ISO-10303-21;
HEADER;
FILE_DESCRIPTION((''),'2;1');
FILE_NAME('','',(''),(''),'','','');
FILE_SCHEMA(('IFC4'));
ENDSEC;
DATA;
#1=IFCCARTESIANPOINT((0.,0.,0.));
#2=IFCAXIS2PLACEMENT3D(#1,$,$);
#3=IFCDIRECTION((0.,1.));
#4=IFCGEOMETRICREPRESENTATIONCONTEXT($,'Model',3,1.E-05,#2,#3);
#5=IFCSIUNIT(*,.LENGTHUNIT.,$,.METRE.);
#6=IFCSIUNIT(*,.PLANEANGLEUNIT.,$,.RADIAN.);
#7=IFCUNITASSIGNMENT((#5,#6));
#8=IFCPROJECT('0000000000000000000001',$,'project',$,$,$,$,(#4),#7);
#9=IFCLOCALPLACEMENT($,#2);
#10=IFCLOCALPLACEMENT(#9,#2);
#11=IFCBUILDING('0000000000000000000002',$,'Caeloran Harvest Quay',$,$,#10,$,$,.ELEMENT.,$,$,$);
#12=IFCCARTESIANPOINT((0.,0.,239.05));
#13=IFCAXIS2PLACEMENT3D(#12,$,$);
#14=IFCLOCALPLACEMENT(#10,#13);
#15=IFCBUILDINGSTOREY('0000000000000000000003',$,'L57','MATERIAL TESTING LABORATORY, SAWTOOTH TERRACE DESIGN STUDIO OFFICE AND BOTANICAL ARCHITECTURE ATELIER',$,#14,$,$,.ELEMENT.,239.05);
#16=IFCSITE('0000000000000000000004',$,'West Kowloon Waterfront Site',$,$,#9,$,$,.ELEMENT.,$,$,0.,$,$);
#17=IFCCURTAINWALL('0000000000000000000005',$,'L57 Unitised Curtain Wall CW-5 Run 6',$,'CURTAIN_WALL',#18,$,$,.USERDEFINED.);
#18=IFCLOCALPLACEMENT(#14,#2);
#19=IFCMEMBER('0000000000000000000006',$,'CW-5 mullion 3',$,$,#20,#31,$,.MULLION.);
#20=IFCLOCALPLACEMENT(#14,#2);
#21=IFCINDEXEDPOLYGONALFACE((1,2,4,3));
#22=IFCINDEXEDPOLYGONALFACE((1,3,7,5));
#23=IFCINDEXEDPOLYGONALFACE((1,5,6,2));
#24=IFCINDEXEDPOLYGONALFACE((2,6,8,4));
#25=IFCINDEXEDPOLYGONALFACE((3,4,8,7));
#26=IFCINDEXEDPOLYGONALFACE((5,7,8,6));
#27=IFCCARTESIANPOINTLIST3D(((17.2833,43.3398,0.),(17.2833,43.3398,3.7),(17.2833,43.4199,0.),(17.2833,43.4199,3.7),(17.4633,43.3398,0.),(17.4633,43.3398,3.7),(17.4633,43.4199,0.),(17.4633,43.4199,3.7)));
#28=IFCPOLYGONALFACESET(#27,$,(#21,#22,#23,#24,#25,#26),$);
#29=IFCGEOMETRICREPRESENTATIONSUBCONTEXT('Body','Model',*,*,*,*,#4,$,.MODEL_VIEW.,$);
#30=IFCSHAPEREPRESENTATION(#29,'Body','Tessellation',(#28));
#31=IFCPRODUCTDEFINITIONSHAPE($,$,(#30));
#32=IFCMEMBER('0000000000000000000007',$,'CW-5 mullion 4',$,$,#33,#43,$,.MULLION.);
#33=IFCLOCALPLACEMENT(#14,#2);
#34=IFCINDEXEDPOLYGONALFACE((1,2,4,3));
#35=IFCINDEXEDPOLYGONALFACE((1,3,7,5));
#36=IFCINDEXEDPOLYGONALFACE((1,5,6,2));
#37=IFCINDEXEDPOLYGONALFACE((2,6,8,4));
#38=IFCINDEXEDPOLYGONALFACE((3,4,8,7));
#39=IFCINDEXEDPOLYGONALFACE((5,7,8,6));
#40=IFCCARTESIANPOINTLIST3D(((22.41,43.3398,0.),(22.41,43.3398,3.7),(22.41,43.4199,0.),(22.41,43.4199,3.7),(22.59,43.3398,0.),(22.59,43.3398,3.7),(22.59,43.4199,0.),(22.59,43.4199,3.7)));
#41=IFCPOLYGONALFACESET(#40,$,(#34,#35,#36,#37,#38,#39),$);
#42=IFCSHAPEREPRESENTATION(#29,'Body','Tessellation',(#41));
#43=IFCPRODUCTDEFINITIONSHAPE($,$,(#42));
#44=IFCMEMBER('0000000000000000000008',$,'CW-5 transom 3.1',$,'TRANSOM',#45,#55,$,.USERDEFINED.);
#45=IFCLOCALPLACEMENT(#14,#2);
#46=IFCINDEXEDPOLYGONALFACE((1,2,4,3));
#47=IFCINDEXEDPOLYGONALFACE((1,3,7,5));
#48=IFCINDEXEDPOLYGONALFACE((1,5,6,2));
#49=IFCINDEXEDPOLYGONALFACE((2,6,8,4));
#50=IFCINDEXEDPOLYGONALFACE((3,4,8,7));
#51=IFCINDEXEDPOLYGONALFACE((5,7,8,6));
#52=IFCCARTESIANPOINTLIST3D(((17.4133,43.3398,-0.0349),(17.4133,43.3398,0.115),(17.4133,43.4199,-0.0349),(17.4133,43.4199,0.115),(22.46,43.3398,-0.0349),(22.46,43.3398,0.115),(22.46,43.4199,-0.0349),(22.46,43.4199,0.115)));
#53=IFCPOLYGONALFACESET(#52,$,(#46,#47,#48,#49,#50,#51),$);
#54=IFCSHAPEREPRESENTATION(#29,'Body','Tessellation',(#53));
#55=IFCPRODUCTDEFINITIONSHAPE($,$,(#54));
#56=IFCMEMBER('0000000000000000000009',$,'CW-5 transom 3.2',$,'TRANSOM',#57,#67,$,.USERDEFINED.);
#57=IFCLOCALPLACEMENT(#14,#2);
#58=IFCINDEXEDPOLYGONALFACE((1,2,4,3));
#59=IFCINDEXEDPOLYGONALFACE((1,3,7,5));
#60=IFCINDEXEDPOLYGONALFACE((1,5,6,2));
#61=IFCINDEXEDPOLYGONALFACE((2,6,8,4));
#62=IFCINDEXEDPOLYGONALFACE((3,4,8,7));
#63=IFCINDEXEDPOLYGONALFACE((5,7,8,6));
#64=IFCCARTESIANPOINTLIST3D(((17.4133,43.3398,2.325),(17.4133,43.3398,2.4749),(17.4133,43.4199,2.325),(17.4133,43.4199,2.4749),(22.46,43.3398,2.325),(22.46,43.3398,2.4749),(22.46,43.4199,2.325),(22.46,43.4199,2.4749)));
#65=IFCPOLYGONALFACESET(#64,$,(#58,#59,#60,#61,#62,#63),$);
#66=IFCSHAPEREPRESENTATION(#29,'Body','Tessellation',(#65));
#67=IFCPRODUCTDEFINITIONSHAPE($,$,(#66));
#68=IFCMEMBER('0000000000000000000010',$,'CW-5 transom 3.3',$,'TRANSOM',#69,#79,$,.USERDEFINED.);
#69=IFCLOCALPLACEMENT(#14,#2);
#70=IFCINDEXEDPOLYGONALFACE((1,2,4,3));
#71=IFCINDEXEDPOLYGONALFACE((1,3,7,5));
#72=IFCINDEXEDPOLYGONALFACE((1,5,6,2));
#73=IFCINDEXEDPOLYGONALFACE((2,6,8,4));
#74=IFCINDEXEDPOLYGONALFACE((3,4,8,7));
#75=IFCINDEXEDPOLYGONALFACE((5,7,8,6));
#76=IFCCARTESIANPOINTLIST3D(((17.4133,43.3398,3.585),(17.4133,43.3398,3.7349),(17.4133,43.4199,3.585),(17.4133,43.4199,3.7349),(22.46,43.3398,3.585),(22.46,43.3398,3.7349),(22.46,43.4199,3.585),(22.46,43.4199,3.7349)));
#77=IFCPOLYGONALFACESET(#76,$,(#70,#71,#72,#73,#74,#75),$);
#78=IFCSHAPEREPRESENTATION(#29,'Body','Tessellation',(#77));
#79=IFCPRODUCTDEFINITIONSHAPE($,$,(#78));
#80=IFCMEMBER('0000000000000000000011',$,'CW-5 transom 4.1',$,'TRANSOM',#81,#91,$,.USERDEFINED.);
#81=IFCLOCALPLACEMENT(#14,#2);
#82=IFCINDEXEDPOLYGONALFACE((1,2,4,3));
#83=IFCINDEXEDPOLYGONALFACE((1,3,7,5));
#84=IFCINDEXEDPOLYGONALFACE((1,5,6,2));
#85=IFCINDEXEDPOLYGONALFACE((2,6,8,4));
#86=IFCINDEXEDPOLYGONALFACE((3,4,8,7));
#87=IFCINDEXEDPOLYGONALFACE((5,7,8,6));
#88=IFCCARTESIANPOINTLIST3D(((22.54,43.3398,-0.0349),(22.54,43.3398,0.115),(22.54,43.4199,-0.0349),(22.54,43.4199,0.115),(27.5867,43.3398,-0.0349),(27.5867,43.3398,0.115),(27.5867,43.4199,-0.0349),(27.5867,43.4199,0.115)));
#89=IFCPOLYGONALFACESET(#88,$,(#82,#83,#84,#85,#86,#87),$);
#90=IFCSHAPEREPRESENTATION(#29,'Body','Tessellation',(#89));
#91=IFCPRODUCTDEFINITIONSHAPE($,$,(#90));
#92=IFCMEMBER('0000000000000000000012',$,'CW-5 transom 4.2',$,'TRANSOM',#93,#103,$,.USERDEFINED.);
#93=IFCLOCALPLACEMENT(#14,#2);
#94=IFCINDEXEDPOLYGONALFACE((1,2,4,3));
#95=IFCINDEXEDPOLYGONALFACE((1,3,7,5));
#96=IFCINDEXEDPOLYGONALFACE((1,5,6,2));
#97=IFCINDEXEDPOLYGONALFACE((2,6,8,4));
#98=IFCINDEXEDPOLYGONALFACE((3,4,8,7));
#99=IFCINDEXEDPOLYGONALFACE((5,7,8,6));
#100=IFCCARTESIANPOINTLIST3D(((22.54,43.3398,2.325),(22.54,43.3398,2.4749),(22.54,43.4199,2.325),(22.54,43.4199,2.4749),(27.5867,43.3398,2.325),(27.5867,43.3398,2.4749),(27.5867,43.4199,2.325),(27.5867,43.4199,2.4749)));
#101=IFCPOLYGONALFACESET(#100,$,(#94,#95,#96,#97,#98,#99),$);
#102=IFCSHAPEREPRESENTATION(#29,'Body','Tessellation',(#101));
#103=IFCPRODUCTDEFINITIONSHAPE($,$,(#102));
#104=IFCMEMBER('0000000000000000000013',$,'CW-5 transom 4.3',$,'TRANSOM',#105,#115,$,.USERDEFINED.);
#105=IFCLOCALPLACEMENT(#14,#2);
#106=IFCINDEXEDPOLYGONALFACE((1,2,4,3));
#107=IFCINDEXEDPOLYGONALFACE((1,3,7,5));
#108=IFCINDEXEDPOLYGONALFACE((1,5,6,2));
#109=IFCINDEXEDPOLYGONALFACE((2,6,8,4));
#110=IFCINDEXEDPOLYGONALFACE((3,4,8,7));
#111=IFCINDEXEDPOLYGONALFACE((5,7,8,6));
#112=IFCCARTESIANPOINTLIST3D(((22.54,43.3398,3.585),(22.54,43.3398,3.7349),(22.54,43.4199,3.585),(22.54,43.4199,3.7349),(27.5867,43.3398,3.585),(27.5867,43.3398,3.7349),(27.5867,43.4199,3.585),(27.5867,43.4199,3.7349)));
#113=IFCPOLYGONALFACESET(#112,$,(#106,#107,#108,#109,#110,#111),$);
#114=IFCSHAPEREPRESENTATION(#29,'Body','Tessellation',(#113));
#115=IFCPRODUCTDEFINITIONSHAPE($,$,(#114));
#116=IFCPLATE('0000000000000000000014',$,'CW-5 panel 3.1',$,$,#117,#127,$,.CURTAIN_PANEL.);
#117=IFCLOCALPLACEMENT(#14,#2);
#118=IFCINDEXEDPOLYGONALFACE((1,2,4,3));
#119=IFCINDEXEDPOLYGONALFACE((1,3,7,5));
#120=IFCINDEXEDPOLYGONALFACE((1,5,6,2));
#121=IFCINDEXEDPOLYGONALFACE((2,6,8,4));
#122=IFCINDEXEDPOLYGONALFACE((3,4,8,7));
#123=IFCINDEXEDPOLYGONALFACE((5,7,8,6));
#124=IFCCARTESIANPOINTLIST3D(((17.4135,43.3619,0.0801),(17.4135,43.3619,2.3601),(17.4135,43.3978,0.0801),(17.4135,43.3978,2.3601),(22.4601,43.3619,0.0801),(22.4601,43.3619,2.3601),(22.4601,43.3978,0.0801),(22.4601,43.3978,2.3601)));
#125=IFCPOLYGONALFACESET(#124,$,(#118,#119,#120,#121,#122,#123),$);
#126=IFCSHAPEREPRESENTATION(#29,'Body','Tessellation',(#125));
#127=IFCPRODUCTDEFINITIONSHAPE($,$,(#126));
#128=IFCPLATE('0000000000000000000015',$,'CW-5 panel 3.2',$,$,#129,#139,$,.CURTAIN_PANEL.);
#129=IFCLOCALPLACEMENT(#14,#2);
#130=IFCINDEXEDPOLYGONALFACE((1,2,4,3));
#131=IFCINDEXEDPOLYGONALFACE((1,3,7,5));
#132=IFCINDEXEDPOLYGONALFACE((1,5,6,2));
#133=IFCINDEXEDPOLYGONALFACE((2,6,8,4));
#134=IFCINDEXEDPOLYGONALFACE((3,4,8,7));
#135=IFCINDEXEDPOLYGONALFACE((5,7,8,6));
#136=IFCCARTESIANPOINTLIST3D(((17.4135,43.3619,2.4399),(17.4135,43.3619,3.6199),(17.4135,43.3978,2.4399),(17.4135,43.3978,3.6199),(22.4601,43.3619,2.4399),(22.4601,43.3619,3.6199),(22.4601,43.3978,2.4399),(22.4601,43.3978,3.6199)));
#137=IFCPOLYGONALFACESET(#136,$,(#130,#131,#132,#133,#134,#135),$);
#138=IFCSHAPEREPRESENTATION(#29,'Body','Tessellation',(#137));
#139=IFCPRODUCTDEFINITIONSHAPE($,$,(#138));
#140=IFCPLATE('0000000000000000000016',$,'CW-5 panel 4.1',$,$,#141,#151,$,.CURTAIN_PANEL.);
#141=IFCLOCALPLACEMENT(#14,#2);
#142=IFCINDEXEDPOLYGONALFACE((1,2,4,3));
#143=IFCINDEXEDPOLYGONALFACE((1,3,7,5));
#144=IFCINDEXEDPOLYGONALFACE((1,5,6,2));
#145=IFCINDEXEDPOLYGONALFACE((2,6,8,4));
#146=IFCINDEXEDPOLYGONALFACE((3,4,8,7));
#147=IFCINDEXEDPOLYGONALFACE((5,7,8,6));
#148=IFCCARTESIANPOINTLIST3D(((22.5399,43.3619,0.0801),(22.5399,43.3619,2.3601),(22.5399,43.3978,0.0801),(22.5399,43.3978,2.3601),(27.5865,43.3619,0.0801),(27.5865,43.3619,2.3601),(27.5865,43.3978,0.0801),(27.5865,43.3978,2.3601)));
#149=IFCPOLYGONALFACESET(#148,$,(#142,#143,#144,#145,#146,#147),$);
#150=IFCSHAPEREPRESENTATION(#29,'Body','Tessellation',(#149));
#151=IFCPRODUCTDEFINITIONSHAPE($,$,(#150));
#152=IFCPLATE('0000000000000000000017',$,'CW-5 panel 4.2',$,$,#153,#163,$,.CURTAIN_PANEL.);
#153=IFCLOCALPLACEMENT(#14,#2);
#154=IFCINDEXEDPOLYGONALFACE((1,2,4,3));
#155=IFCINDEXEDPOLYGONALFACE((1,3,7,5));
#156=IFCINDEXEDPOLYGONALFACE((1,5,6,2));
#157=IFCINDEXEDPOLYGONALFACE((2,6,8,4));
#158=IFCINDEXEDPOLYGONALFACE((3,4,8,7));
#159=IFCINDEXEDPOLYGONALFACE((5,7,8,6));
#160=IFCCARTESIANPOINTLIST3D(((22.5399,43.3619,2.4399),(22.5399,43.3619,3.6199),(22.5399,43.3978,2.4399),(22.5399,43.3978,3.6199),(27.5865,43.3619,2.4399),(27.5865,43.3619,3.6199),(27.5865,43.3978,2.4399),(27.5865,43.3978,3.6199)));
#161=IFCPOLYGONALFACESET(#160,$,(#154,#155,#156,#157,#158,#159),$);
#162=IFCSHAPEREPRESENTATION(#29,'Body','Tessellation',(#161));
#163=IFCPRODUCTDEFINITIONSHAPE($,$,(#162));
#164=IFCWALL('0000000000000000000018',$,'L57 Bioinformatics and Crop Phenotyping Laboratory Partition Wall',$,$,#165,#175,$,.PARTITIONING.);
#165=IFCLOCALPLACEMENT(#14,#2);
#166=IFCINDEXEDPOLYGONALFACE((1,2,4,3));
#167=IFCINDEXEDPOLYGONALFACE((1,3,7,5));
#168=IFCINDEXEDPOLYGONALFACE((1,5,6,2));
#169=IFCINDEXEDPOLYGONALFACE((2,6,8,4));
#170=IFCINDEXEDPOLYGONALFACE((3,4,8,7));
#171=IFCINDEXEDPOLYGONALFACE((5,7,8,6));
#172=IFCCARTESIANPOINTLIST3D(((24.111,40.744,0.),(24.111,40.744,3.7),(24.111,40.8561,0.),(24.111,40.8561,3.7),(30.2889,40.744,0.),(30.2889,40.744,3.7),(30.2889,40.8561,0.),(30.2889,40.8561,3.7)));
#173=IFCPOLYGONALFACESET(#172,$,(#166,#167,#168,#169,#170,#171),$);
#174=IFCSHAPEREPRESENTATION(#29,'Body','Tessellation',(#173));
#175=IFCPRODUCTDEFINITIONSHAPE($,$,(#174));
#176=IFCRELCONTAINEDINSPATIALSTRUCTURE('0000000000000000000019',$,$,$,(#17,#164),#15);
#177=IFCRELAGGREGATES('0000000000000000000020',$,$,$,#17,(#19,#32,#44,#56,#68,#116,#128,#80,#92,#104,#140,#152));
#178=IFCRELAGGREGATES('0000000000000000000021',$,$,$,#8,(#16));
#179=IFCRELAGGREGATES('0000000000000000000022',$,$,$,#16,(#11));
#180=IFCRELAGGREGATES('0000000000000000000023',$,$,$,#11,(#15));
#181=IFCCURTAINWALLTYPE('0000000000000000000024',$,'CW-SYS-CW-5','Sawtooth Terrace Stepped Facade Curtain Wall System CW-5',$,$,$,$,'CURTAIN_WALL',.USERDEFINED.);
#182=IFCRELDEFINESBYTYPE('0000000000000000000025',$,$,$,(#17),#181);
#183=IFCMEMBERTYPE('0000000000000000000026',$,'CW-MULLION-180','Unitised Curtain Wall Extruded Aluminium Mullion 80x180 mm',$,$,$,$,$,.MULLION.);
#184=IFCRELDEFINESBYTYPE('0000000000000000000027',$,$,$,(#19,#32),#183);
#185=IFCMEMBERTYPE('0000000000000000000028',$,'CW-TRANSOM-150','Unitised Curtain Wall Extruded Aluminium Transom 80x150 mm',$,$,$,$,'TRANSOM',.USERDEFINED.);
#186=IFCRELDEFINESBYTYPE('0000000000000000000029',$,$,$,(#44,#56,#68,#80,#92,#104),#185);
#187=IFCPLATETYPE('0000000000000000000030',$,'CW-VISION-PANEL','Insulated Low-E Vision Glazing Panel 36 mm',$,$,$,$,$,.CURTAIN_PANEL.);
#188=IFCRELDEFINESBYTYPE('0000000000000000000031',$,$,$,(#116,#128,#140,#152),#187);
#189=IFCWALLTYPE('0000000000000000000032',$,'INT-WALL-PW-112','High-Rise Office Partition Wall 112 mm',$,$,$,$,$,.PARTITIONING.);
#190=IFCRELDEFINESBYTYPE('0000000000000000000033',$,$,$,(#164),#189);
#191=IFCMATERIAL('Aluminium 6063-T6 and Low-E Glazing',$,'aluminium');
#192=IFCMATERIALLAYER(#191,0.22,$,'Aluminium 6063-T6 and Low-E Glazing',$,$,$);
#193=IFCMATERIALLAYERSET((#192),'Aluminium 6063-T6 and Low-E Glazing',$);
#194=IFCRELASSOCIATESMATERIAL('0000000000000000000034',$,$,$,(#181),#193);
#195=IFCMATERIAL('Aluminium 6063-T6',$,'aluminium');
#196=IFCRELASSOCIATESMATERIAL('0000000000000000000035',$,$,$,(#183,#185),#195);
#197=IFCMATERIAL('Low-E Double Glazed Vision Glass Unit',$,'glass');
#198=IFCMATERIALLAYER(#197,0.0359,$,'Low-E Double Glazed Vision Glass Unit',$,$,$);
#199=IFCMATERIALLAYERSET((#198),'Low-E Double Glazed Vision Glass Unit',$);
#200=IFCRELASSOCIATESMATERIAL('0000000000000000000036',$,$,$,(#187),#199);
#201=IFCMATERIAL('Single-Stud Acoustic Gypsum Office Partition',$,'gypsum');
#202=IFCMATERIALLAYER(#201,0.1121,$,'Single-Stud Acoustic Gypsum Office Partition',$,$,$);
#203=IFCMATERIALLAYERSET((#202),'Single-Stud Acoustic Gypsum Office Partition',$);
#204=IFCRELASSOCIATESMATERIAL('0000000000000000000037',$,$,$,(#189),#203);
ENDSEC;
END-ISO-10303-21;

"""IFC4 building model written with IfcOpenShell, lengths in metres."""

from ifc_helpers import new_model, si_unit, direction, frame, frame_2d, origin, origin_2d, place, context, subcontext, project, spatial, rectangle, extrude, material, layer, layer_set, material_profile, profile_set, type_object, element, aggregate, save


model = new_model("IFC4")

# Units and contexts
model_context = context("Model", 3, precision=1e-05, world=origin(), true_north=direction((0.0, 1.0)))
body_context = subcontext(model_context, "Body", "Model", "MODEL_VIEW")
ifc_project = project(units=[si_unit("LENGTHUNIT", "METRE"), si_unit("PLANEANGLEUNIT", "RADIAN")], contexts=[model_context])

# Site, building, storey
site_placement = place(None, origin())
site = spatial("IfcSite", under=ifc_project, at=site_placement, Name="West Kowloon Waterfront Site", CompositionType="ELEMENT", RefElevation=0.0)
building_placement = place(site_placement, origin())
building = spatial("IfcBuilding", under=site, at=building_placement, Name="Caeloran Harvest Quay", CompositionType="ELEMENT")
storey_placement = place(building_placement, frame((0.0, 0.0, 239.05)))
storey = spatial("IfcBuildingStorey", under=building, at=storey_placement, Name="L57", Description="MATERIAL TESTING LABORATORY, SAWTOOTH TERRACE DESIGN STUDIO OFFICE AND BOTANICAL ARCHITECTURE ATELIER", CompositionType="ELEMENT", Elevation=239.05)

# Curtain wall, members, plates
ifc_material_1 = material(Name="Aluminium 6063-T6 and Low-E Glazing", Category="aluminium")
ifc_layer_1 = layer(ifc_material_1, 0.22, Name="Aluminium 6063-T6 and Low-E Glazing")
ifc_layer_set_1 = layer_set([ifc_layer_1], Name="Aluminium 6063-T6 and Low-E Glazing")
curtain_wall_type = type_object("IfcCurtainWallType", Name="CW-SYS-CW-5", Description="Sawtooth Terrace Stepped Facade Curtain Wall System CW-5", ElementType="CURTAIN_WALL", PredefinedType="USERDEFINED", material=ifc_layer_set_1)
curtain_wall_placement = place(storey_placement, origin())
curtain_wall = element("IfcCurtainWall", 1, at=curtain_wall_placement, inside=storey, type_object=curtain_wall_type, Name="L57 Unitised Curtain Wall CW-5 Run 6", ObjectType="CURTAIN_WALL", PredefinedType="USERDEFINED")
ifc_material_2 = material(Name="Aluminium 6063-T6", Category="aluminium")
ifc_material_profile_1 = material_profile(ifc_material_2, rectangle(XDim=0.0801, YDim=0.1799, at=origin_2d()), Name="CW-MULLION-180")
ifc_profile_set_1 = profile_set([ifc_material_profile_1], Name="Aluminium 6063-T6")
member_type_1 = type_object("IfcMemberType", Name="CW-MULLION-180", Description="Unitised Curtain Wall Extruded Aluminium Mullion 80x180 mm", PredefinedType="MULLION", material=ifc_profile_set_1)
member_1_placement = place(storey_placement, frame((17.3733, 43.3799, 0.0), z_axis=(0.0, 0.0, 1.0), x_axis=(0.0, 1.0, 0.0)))
member_1 = element("IfcMember", 2, at=member_1_placement, type_object=member_type_1, Name="CW-5 mullion 3", PredefinedType="MULLION", context=body_context, shape_type="SweptSolid", body=[
    extrude(rectangle(XDim=0.0801, YDim=0.1799, at=origin_2d()), origin(), (0.0, 0.0, 1.0), 3.7),
])
member_2_placement = place(storey_placement, frame((22.5, 43.3799, 0.0), z_axis=(0.0, 0.0, 1.0), x_axis=(0.0, 1.0, 0.0)))
member_2 = element("IfcMember", 3, at=member_2_placement, type_object=member_type_1, Name="CW-5 mullion 4", PredefinedType="MULLION", context=body_context, shape_type="SweptSolid", body=[
    extrude(rectangle(XDim=0.0801, YDim=0.1799, at=origin_2d()), origin(), (0.0, 0.0, 1.0), 3.7),
])
ifc_material_profile_2 = material_profile(ifc_material_2, rectangle(XDim=0.0801, YDim=0.1499, at=origin_2d()), Name="CW-TRANSOM-150")
ifc_profile_set_2 = profile_set([ifc_material_profile_2], Name="Aluminium 6063-T6")
member_type_2 = type_object("IfcMemberType", Name="CW-TRANSOM-150", Description="Unitised Curtain Wall Extruded Aluminium Transom 80x150 mm", ElementType="TRANSOM", PredefinedType="USERDEFINED", material=ifc_profile_set_2)
member_3_placement = place(storey_placement, frame((17.4133, 43.3799, 0.04), z_axis=(1.0, 0.0, 0.0), x_axis=(0.0, 1.0, 0.0)))
member_3 = element("IfcMember", 4, at=member_3_placement, type_object=member_type_2, Name="CW-5 transom 3.1", ObjectType="TRANSOM", PredefinedType="USERDEFINED", context=body_context, shape_type="SweptSolid", body=[
    extrude(rectangle(XDim=0.0801, YDim=0.1499, at=origin_2d()), origin(), (0.0, 0.0, 1.0), 5.0466),
])
member_4_placement = place(storey_placement, frame((17.4133, 43.3799, 2.3999), z_axis=(1.0, 0.0, 0.0), x_axis=(0.0, 1.0, 0.0)))
member_4 = element("IfcMember", 5, at=member_4_placement, type_object=member_type_2, Name="CW-5 transom 3.2", ObjectType="TRANSOM", PredefinedType="USERDEFINED", context=body_context, shape_type="SweptSolid", body=[
    extrude(rectangle(XDim=0.0801, YDim=0.1499, at=origin_2d()), origin(), (0.0, 0.0, 1.0), 5.0466),
])
member_5_placement = place(storey_placement, frame((17.4133, 43.3799, 3.6599), z_axis=(1.0, 0.0, 0.0), x_axis=(0.0, 1.0, 0.0)))
member_5 = element("IfcMember", 6, at=member_5_placement, type_object=member_type_2, Name="CW-5 transom 3.3", ObjectType="TRANSOM", PredefinedType="USERDEFINED", context=body_context, shape_type="SweptSolid", body=[
    extrude(rectangle(XDim=0.0801, YDim=0.1499, at=origin_2d()), origin(), (0.0, 0.0, 1.0), 5.0466),
])
member_6_placement = place(storey_placement, frame((22.54, 43.3799, 0.04), z_axis=(1.0, 0.0, 0.0), x_axis=(0.0, 1.0, 0.0)))
member_6 = element("IfcMember", 7, at=member_6_placement, type_object=member_type_2, Name="CW-5 transom 4.1", ObjectType="TRANSOM", PredefinedType="USERDEFINED", context=body_context, shape_type="SweptSolid", body=[
    extrude(rectangle(XDim=0.0801, YDim=0.1499, at=origin_2d()), origin(), (0.0, 0.0, 1.0), 5.0466),
])
member_7_placement = place(storey_placement, frame((22.54, 43.3799, 2.3999), z_axis=(1.0, 0.0, 0.0), x_axis=(0.0, 1.0, 0.0)))
member_7 = element("IfcMember", 8, at=member_7_placement, type_object=member_type_2, Name="CW-5 transom 4.2", ObjectType="TRANSOM", PredefinedType="USERDEFINED", context=body_context, shape_type="SweptSolid", body=[
    extrude(rectangle(XDim=0.0801, YDim=0.1499, at=origin_2d()), origin(), (0.0, 0.0, 1.0), 5.0466),
])
member_8_placement = place(storey_placement, frame((22.54, 43.3799, 3.6599), z_axis=(1.0, 0.0, 0.0), x_axis=(0.0, 1.0, 0.0)))
member_8 = element("IfcMember", 9, at=member_8_placement, type_object=member_type_2, Name="CW-5 transom 4.3", ObjectType="TRANSOM", PredefinedType="USERDEFINED", context=body_context, shape_type="SweptSolid", body=[
    extrude(rectangle(XDim=0.0801, YDim=0.1499, at=origin_2d()), origin(), (0.0, 0.0, 1.0), 5.0466),
])
ifc_material_3 = material(Name="Low-E Double Glazed Vision Glass Unit", Category="glass")
ifc_layer_2 = layer(ifc_material_3, 0.0359, Name="Low-E Double Glazed Vision Glass Unit")
ifc_layer_set_2 = layer_set([ifc_layer_2], Name="Low-E Double Glazed Vision Glass Unit")
plate_type = type_object("IfcPlateType", Name="CW-VISION-PANEL", Description="Insulated Low-E Vision Glazing Panel 36 mm", PredefinedType="CURTAIN_PANEL", material=ifc_layer_set_2)
plate_1_placement = place(storey_placement, frame((19.9368, 43.3799, 0.0801), z_axis=(0.0, 0.0, 1.0), x_axis=(1.0, 0.0, 0.0)))
plate_1 = element("IfcPlate", 10, at=plate_1_placement, type_object=plate_type, Name="CW-5 panel 3.1", PredefinedType="CURTAIN_PANEL", context=body_context, shape_type="SweptSolid", body=[
    extrude(rectangle(XDim=5.0466, YDim=0.0359, at=origin_2d()), origin(), (0.0, 0.0, 1.0), 2.28),
])
plate_2_placement = place(storey_placement, frame((19.9368, 43.3799, 2.4399), z_axis=(0.0, 0.0, 1.0), x_axis=(1.0, 0.0, 0.0)))
plate_2 = element("IfcPlate", 11, at=plate_2_placement, type_object=plate_type, Name="CW-5 panel 3.2", PredefinedType="CURTAIN_PANEL", context=body_context, shape_type="SweptSolid", body=[
    extrude(rectangle(XDim=5.0466, YDim=0.0359, at=origin_2d()), origin(), (0.0, 0.0, 1.0), 1.1799),
])
plate_3_placement = place(storey_placement, frame((25.0632, 43.3799, 0.0801), z_axis=(0.0, 0.0, 1.0), x_axis=(1.0, 0.0, 0.0)))
plate_3 = element("IfcPlate", 12, at=plate_3_placement, type_object=plate_type, Name="CW-5 panel 4.1", PredefinedType="CURTAIN_PANEL", context=body_context, shape_type="SweptSolid", body=[
    extrude(rectangle(XDim=5.0466, YDim=0.0359, at=origin_2d()), origin(), (0.0, 0.0, 1.0), 2.28),
])
plate_4_placement = place(storey_placement, frame((25.0632, 43.3799, 2.4399), z_axis=(0.0, 0.0, 1.0), x_axis=(1.0, 0.0, 0.0)))
plate_4 = element("IfcPlate", 13, at=plate_4_placement, type_object=plate_type, Name="CW-5 panel 4.2", PredefinedType="CURTAIN_PANEL", context=body_context, shape_type="SweptSolid", body=[
    extrude(rectangle(XDim=5.0466, YDim=0.0359, at=origin_2d()), origin(), (0.0, 0.0, 1.0), 1.1799),
])
aggregate(curtain_wall, [member_1, member_2, member_3, member_4, member_5, plate_1, plate_2, member_6, member_7, member_8, plate_3, plate_4])

# Wall
ifc_material_4 = material(Name="Single-Stud Acoustic Gypsum Office Partition", Category="gypsum")
ifc_layer_3 = layer(ifc_material_4, 0.1121, Name="Single-Stud Acoustic Gypsum Office Partition")
ifc_layer_set_3 = layer_set([ifc_layer_3], Name="Single-Stud Acoustic Gypsum Office Partition")
wall_type_1 = type_object("IfcWallType", Name="INT-WALL-PW-112", Description="High-Rise Office Partition Wall 112 mm", PredefinedType="PARTITIONING", material=ifc_layer_set_3)
wall_1_placement = place(storey_placement, frame((24.1111, 40.8, 0.0), z_axis=(0.0, 0.0, 1.0), x_axis=(1.0, 0.0, 0.0)))
element("IfcWall", 14, at=wall_1_placement, inside=storey, type_object=wall_type_1, Name="L57 Bioinformatics and Crop Phenotyping Laboratory Partition Wall", PredefinedType="PARTITIONING", context=body_context, shape_type="SweptSolid", body=[
    extrude(rectangle(XDim=6.178, YDim=0.1121, at=frame_2d((3.0889, 0.0))), origin(), (0.0, 0.0, 1.0), 3.7),
])

save(model, "model.ifc")
